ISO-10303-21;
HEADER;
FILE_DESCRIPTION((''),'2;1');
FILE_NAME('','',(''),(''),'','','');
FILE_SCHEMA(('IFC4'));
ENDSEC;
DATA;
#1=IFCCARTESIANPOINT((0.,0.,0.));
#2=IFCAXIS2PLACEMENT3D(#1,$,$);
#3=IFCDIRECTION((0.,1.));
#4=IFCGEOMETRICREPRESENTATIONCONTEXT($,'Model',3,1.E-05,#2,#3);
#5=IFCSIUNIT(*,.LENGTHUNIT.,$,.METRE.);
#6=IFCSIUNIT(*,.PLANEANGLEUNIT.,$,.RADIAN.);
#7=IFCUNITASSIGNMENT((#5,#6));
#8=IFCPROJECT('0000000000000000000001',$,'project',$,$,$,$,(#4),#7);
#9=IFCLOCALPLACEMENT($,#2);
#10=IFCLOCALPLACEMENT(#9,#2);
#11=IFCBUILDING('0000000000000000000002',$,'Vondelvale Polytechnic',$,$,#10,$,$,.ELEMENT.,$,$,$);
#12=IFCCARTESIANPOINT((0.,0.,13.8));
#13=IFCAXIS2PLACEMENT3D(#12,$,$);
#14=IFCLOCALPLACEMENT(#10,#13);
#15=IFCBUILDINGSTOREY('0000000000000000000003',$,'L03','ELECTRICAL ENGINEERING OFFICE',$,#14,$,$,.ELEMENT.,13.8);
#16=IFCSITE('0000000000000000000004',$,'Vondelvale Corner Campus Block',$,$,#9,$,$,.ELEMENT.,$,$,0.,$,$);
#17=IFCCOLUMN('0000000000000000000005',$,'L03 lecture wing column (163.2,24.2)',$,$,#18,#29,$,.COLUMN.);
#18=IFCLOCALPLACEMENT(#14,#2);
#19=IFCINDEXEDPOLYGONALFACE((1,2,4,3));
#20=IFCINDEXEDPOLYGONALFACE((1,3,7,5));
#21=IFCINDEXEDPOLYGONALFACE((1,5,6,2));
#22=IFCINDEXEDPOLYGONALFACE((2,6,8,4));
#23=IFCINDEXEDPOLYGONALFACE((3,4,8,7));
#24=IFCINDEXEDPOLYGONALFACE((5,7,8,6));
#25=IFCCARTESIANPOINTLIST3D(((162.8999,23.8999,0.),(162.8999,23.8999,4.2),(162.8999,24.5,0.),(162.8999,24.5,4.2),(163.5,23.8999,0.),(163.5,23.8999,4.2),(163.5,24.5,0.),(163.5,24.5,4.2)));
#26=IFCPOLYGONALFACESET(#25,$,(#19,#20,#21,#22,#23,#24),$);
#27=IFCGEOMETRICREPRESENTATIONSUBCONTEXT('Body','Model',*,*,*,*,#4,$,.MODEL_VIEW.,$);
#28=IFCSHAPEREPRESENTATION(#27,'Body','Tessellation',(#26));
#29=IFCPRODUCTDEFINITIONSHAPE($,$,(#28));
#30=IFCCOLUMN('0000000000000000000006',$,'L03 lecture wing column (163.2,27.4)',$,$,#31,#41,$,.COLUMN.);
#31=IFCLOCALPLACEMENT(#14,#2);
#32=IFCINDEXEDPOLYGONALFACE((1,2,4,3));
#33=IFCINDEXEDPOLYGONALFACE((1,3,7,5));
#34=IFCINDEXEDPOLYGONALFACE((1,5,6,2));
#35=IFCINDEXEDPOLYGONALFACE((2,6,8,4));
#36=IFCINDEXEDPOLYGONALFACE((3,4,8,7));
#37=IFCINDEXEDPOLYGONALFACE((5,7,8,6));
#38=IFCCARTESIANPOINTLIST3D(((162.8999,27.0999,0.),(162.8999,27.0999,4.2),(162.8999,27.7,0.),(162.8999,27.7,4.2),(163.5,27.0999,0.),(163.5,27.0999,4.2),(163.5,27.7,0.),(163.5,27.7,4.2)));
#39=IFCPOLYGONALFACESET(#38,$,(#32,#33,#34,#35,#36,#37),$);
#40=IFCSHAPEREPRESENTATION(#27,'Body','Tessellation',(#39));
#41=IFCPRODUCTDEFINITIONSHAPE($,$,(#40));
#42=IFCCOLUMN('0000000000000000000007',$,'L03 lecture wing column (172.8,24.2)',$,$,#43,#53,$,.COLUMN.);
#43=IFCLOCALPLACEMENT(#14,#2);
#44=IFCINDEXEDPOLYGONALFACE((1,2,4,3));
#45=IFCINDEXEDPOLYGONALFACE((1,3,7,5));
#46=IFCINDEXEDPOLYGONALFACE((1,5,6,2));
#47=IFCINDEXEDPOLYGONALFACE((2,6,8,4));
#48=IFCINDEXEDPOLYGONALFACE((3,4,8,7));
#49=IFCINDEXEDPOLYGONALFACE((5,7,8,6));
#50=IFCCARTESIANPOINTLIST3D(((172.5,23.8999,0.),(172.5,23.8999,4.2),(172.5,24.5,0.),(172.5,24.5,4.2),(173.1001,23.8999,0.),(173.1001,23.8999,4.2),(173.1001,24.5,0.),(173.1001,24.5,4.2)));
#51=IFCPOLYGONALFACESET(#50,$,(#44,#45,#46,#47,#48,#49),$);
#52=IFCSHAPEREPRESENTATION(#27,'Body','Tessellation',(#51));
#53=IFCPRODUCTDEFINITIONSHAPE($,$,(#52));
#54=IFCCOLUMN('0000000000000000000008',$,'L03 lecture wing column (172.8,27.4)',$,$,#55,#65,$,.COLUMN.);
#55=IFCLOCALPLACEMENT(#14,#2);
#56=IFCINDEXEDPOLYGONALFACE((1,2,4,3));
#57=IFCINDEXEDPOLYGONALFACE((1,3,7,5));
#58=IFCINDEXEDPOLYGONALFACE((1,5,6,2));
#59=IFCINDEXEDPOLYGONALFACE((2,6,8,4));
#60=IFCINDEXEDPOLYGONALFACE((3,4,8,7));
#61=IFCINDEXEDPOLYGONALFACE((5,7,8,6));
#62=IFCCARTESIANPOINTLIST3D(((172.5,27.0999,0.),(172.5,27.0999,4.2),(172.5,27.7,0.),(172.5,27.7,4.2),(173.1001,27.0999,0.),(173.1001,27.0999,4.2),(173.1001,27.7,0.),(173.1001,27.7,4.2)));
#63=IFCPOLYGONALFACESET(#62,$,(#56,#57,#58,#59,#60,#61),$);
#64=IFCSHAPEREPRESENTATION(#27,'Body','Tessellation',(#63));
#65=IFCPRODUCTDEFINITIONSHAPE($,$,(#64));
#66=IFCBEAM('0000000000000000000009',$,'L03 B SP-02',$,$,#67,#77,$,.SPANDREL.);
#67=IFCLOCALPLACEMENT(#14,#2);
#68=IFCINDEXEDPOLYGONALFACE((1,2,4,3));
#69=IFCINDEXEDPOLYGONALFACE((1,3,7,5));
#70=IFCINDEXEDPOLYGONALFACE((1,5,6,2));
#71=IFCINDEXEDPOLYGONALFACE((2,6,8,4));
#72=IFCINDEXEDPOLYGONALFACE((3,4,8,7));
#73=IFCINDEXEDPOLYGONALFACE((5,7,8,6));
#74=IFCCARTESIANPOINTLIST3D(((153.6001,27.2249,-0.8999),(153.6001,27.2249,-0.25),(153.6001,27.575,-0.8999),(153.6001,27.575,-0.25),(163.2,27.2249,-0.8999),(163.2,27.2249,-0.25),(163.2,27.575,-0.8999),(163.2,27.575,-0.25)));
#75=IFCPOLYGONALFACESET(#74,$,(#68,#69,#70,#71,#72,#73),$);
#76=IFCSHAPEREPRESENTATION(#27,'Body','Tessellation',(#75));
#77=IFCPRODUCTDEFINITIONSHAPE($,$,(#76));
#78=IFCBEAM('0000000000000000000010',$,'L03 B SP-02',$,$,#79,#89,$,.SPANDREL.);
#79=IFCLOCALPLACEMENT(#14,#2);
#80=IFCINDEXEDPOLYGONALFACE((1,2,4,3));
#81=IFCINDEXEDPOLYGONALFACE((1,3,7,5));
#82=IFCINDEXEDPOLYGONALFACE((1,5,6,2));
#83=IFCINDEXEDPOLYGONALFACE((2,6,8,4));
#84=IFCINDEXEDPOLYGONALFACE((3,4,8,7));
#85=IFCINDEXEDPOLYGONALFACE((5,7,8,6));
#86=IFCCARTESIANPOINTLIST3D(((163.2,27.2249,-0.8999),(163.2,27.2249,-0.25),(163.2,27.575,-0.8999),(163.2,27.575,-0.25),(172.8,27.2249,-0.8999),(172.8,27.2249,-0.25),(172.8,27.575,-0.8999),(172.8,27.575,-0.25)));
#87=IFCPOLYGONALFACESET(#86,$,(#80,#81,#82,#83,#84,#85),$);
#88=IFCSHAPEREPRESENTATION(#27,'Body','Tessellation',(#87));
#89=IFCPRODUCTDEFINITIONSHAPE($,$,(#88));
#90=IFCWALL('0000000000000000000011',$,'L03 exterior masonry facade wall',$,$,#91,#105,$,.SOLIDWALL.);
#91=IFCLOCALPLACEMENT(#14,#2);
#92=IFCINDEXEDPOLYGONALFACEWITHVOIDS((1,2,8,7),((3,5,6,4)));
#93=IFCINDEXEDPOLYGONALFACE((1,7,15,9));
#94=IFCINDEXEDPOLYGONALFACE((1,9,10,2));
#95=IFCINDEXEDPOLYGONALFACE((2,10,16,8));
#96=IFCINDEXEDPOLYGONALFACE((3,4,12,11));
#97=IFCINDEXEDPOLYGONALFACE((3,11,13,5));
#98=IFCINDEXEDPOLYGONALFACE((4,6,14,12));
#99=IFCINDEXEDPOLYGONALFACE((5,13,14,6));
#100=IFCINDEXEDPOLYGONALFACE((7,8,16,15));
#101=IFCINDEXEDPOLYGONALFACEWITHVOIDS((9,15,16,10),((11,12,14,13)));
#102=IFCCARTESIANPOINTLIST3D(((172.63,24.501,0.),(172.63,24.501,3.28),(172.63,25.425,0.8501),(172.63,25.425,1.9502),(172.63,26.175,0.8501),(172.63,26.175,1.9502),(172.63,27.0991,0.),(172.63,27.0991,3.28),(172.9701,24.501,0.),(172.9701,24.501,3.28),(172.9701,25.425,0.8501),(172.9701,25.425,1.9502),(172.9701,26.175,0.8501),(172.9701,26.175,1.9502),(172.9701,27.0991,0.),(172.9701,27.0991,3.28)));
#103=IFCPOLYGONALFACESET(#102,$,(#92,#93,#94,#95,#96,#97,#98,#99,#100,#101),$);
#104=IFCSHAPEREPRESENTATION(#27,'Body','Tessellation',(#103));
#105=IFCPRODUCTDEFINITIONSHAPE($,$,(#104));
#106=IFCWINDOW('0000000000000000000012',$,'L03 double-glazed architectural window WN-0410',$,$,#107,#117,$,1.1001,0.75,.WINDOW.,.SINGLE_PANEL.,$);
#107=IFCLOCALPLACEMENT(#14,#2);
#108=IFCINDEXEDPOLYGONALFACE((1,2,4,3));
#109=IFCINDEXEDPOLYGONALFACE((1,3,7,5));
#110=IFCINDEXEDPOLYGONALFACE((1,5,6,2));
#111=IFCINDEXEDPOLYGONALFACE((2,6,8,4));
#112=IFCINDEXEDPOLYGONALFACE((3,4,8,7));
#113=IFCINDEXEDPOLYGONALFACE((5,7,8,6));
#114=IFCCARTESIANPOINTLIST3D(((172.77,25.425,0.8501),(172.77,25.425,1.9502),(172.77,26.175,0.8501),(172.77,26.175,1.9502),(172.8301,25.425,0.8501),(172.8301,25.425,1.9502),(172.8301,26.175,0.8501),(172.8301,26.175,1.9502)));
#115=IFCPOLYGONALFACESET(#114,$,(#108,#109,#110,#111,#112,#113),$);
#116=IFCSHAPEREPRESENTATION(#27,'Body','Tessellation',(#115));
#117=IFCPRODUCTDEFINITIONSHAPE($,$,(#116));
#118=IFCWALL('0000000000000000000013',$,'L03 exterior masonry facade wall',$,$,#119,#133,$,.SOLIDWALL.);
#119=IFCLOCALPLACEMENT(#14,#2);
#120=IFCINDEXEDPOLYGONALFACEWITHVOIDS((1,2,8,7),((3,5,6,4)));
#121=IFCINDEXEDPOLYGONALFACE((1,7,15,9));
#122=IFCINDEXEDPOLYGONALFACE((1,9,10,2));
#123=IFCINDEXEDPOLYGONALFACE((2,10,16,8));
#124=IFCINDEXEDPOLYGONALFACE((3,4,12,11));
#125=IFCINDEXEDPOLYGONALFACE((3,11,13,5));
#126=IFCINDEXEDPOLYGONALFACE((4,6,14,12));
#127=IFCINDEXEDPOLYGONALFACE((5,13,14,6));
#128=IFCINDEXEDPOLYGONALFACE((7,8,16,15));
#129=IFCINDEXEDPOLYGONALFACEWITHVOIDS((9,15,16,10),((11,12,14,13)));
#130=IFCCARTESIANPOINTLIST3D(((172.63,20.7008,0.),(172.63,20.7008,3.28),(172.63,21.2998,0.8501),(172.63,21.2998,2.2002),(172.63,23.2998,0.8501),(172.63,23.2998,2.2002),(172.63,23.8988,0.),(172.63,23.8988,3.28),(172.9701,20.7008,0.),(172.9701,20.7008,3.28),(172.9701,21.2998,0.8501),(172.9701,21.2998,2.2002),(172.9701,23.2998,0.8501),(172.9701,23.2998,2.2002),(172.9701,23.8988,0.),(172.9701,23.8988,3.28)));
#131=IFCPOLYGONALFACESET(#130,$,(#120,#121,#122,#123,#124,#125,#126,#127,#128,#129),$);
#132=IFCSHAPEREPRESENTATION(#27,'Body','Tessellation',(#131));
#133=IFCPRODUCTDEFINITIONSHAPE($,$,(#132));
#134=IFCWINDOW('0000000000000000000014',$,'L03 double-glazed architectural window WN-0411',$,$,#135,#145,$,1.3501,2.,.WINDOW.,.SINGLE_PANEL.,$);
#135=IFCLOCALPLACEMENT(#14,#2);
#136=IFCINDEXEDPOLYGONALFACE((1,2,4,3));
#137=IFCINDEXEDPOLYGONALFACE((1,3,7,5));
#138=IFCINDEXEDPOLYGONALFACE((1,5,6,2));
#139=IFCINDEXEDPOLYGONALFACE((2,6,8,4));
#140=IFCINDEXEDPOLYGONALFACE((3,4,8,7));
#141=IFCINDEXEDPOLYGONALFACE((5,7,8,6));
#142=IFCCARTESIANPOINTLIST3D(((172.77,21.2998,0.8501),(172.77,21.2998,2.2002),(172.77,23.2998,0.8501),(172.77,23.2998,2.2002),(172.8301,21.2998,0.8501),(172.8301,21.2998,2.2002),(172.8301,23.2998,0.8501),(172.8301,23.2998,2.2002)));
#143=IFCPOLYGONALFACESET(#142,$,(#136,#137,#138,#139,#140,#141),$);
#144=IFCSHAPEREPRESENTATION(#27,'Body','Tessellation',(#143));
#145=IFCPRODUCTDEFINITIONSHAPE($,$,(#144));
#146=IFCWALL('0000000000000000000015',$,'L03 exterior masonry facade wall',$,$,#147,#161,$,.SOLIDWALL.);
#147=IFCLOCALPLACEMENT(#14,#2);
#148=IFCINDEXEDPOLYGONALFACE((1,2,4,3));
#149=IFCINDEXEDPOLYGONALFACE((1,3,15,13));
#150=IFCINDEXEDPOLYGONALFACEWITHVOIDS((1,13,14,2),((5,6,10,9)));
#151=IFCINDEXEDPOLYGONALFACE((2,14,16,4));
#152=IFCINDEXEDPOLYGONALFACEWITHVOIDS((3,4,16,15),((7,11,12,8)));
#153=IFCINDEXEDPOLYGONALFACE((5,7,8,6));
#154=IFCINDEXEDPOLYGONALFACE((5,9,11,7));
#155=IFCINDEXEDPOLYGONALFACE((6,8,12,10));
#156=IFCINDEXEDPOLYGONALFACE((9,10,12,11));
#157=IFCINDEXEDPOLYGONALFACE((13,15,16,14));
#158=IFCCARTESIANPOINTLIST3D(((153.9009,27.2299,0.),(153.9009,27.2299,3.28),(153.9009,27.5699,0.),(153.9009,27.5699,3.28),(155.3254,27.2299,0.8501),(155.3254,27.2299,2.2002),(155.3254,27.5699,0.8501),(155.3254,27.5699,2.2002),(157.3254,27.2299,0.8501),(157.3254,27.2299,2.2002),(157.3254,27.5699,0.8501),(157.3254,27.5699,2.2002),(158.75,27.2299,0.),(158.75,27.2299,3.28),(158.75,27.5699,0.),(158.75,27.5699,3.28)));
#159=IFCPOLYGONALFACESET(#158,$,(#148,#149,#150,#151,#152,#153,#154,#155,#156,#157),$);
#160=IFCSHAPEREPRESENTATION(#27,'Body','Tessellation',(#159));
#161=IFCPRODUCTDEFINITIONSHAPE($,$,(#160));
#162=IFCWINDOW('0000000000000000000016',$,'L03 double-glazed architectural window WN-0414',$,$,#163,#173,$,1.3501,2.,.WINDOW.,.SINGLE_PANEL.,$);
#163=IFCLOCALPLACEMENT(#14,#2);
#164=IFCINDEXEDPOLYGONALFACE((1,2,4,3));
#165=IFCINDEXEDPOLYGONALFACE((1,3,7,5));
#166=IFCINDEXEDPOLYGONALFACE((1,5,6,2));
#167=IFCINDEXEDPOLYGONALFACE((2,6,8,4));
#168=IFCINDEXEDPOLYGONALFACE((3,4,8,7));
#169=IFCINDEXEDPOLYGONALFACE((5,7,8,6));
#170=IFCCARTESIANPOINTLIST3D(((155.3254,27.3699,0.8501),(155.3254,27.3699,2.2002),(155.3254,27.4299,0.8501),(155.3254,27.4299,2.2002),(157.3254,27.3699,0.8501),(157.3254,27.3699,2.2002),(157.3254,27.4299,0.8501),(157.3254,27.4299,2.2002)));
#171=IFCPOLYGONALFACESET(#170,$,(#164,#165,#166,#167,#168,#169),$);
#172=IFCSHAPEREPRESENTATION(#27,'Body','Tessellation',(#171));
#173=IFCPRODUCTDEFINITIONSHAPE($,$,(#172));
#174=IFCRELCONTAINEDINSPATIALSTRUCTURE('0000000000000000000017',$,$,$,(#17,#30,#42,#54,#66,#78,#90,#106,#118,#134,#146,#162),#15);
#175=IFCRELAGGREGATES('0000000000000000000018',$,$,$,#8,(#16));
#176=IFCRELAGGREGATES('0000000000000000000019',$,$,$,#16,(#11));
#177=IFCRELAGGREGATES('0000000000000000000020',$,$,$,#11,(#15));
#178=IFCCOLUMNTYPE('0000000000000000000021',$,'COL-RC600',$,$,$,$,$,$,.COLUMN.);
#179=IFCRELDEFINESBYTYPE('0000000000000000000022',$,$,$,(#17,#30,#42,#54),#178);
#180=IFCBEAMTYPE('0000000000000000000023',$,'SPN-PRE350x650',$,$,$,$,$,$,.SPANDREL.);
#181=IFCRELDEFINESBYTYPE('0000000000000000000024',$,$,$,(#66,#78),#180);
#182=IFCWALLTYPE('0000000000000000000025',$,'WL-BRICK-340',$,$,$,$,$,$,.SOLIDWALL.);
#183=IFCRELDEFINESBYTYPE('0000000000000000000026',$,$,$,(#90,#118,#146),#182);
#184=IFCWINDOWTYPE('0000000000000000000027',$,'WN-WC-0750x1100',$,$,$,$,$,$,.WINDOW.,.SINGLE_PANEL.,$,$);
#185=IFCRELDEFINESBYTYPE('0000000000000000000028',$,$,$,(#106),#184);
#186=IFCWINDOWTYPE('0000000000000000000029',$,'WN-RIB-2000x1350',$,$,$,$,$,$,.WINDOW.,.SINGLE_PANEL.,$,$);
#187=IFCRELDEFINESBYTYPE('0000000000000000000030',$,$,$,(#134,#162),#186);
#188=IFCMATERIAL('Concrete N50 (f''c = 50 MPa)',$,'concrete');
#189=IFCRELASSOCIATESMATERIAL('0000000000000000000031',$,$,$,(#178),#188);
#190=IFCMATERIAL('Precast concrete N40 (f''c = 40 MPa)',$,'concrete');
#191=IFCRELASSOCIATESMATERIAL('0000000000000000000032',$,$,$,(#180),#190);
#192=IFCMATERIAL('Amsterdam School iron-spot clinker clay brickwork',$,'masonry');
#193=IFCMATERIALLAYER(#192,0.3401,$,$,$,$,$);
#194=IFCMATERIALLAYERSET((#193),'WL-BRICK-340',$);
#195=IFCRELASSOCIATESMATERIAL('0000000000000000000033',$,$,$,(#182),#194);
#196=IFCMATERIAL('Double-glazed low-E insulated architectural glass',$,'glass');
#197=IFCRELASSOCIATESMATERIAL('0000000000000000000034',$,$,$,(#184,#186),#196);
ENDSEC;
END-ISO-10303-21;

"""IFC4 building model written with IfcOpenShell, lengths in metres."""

from ifc_helpers import new_model, si_unit, direction, frame, frame_2d, origin, origin_2d, place, context, subcontext, project, spatial, rectangle, extrude, material, layer, layer_set, material_profile, profile_set, type_object, element, fill, save


model = new_model("IFC4")

# Units and contexts
model_context = context("Model", 3, precision=1e-05, world=origin(), true_north=direction((0.0, 1.0)))
body_context = subcontext(model_context, "Body", "Model", "MODEL_VIEW")
ifc_project = project(units=[si_unit("LENGTHUNIT", "METRE"), si_unit("PLANEANGLEUNIT", "RADIAN")], contexts=[model_context])

# Site, building, storey
site_placement = place(None, origin())
site = spatial("IfcSite", under=ifc_project, at=site_placement, Name="Vondelvale Corner Campus Block", CompositionType="ELEMENT", RefElevation=0.0)
building_placement = place(site_placement, origin())
building = spatial("IfcBuilding", under=site, at=building_placement, Name="Vondelvale Polytechnic", CompositionType="ELEMENT")
storey_placement = place(building_placement, frame((0.0, 0.0, 13.8)))
storey = spatial("IfcBuildingStorey", under=building, at=storey_placement, Name="L03", Description="ELECTRICAL ENGINEERING OFFICE", CompositionType="ELEMENT", Elevation=13.8)

# Columns
ifc_material_1 = material(Name="Concrete N50 (f'c = 50 MPa)", Category="concrete")
ifc_material_profile_1 = material_profile(ifc_material_1, rectangle(XDim=0.6001, YDim=0.6001, at=origin_2d()), Name="RC-COL-600x600")
ifc_profile_set_1 = profile_set([ifc_material_profile_1], Name="Concrete N50 (f'c = 50 MPa)")
column_type = type_object("IfcColumnType", Name="COL-RC600", PredefinedType="COLUMN", material=ifc_profile_set_1)
for number, where, z_axis, x_axis, name in (
    (1, (163.2, 24.2, 0.0), (0.0, 0.0, 1.0), (1.0, 0.0, 0.0), "L03 lecture wing column (163.2,24.2)"),
    (2, (163.2, 27.3999, 0.0), (0.0, 0.0, 1.0), (1.0, 0.0, 0.0), "L03 lecture wing column (163.2,27.4)"),
    (3, (172.8, 24.2, 0.0), (0.0, 0.0, 1.0), (1.0, 0.0, 0.0), "L03 lecture wing column (172.8,24.2)"),
    (4, (172.8, 27.3999, 0.0), (0.0, 0.0, 1.0), (1.0, 0.0, 0.0), "L03 lecture wing column (172.8,27.4)"),
):
    element("IfcColumn", number, at=place(storey_placement, frame(where, z_axis=z_axis, x_axis=x_axis)), inside=storey, type_object=column_type, Name=name, PredefinedType="COLUMN", context=body_context, shape_type="SweptSolid", body=[
        extrude(rectangle(XDim=0.6001, YDim=0.6001, at=origin_2d()), origin(), (0.0, 0.0, 1.0), 4.2),
    ])

# Beams
ifc_material_2 = material(Name="Precast concrete N40 (f'c = 40 MPa)", Category="concrete")
ifc_material_profile_2 = material_profile(ifc_material_2, rectangle(XDim=0.3501, YDim=0.6499, at=origin_2d()), Name="RC-SPN-350x650")
ifc_profile_set_2 = profile_set([ifc_material_profile_2], Name="Precast concrete N40 (f'c = 40 MPa)")
beam_type = type_object("IfcBeamType", Name="SPN-PRE350x650", PredefinedType="SPANDREL", material=ifc_profile_set_2)
beam_1_placement = place(storey_placement, frame((153.6001, 27.3999, -0.575), z_axis=(1.0, 0.0, 0.0), x_axis=(0.0, 1.0, 0.0)))
element("IfcBeam", 5, at=beam_1_placement, inside=storey, type_object=beam_type, Name="L03 B SP-02", PredefinedType="SPANDREL", context=body_context, shape_type="SweptSolid", body=[
    extrude(rectangle(XDim=0.3501, YDim=0.6499, at=origin_2d()), origin(), (0.0, 0.0, 1.0), 9.5999),
])
beam_2_placement = place(storey_placement, frame((163.2, 27.3999, -0.575), z_axis=(1.0, 0.0, 0.0), x_axis=(0.0, 1.0, 0.0)))
element("IfcBeam", 6, at=beam_2_placement, inside=storey, type_object=beam_type, Name="L03 B SP-02", PredefinedType="SPANDREL", context=body_context, shape_type="SweptSolid", body=[
    extrude(rectangle(XDim=0.3501, YDim=0.6499, at=origin_2d()), origin(), (0.0, 0.0, 1.0), 9.6001),
])

# Walls, openings, windows
ifc_material_3 = material(Name="Amsterdam School iron-spot clinker clay brickwork", Category="masonry")
ifc_layer_1 = layer(ifc_material_3, 0.3401)
ifc_layer_set_1 = layer_set([ifc_layer_1], Name="WL-BRICK-340")
wall_type = type_object("IfcWallType", Name="WL-BRICK-340", PredefinedType="SOLIDWALL", material=ifc_layer_set_1)
wall_1_placement = place(storey_placement, frame((172.8, 27.0991, 0.0), z_axis=(0.0, 0.0, 1.0), x_axis=(0.0, -1.0, 0.0)))
wall_1 = element("IfcWall", 7, at=wall_1_placement, inside=storey, type_object=wall_type, Name="L03 exterior masonry facade wall", PredefinedType="SOLIDWALL", context=body_context, shape_type="SweptSolid", body=[
    extrude(rectangle(XDim=2.5981, YDim=0.3401, at=frame_2d((1.2991, 0.0))), origin(), (0.0, 0.0, 1.0), 3.28),
])
opening_1_placement = place(wall_1_placement, frame((0.9241, 0.0, 0.8501)))
opening_1 = element("IfcOpeningElement", 8, at=opening_1_placement, cuts=wall_1, PredefinedType="OPENING", context=body_context, shape_type="SweptSolid", body=[
    extrude(rectangle(XDim=0.75, YDim=1.1001, at=frame_2d((0.375, 0.55))), frame((0.0, 0.1799, 0.0), z_axis=(0.0, -1.0, 0.0), x_axis=(1.0, 0.0, 0.0)), (0.0, 0.0, 1.0), 0.3601),
])
ifc_material_4 = material(Name="Double-glazed low-E insulated architectural glass", Category="glass")
window_type_1 = type_object("IfcWindowType", Name="WN-WC-0750x1100", PartitioningType="SINGLE_PANEL", PredefinedType="WINDOW", material=ifc_material_4)
window_1_placement = place(opening_1_placement, origin())
window_1 = element("IfcWindow", 9, at=window_1_placement, inside=storey, type_object=window_type_1, Name="L03 double-glazed architectural window WN-0410", OverallHeight=1.1001, OverallWidth=0.75, PartitioningType="SINGLE_PANEL", PredefinedType="WINDOW", context=body_context, shape_type="SweptSolid", body=[
    extrude(rectangle(XDim=0.75, YDim=1.1001, at=frame_2d((0.375, 0.55))), frame((0.0, 0.03, 0.0), z_axis=(0.0, -1.0, 0.0), x_axis=(1.0, 0.0, 0.0)), (0.0, 0.0, 1.0), 0.0601),
])
fill(opening_1, window_1)
wall_2_placement = place(storey_placement, frame((172.8, 23.8989, 0.0), z_axis=(0.0, 0.0, 1.0), x_axis=(0.0, -1.0, 0.0)))
wall_2 = element("IfcWall", 10, at=wall_2_placement, inside=storey, type_object=wall_type, Name="L03 exterior masonry facade wall", PredefinedType="SOLIDWALL", context=body_context, shape_type="SweptSolid", body=[
    extrude(rectangle(XDim=3.198, YDim=0.3401, at=frame_2d((1.5991, 0.0))), origin(), (0.0, 0.0, 1.0), 3.28),
])
opening_2_placement = place(wall_2_placement, frame((0.5991, 0.0, 0.8501)))
opening_2 = element("IfcOpeningElement", 11, at=opening_2_placement, cuts=wall_2, PredefinedType="OPENING", context=body_context, shape_type="SweptSolid", body=[
    extrude(rectangle(XDim=2.0, YDim=1.3501, at=frame_2d((1.0, 0.675))), frame((0.0, 0.1799, 0.0), z_axis=(0.0, -1.0, 0.0), x_axis=(1.0, 0.0, 0.0)), (0.0, 0.0, 1.0), 0.3601),
])
window_type_2 = type_object("IfcWindowType", Name="WN-RIB-2000x1350", PartitioningType="SINGLE_PANEL", PredefinedType="WINDOW", material=ifc_material_4)
window_2_placement = place(opening_2_placement, origin())
window_2 = element("IfcWindow", 12, at=window_2_placement, inside=storey, type_object=window_type_2, Name="L03 double-glazed architectural window WN-0411", OverallHeight=1.3501, OverallWidth=2.0, PartitioningType="SINGLE_PANEL", PredefinedType="WINDOW", context=body_context, shape_type="SweptSolid", body=[
    extrude(rectangle(XDim=2.0, YDim=1.3501, at=frame_2d((1.0, 0.675))), frame((0.0, 0.03, 0.0), z_axis=(0.0, -1.0, 0.0), x_axis=(1.0, 0.0, 0.0)), (0.0, 0.0, 1.0), 0.0601),
])
fill(opening_2, window_2)
wall_3_placement = place(storey_placement, frame((153.9009, 27.3999, 0.0), z_axis=(0.0, 0.0, 1.0), x_axis=(1.0, 0.0, 0.0)))
wall_3 = element("IfcWall", 13, at=wall_3_placement, inside=storey, type_object=wall_type, Name="L03 exterior masonry facade wall", PredefinedType="SOLIDWALL", context=body_context, shape_type="SweptSolid", body=[
    extrude(rectangle(XDim=4.8491, YDim=0.3401, at=frame_2d((2.4246, 0.0))), origin(), (0.0, 0.0, 1.0), 3.28),
])
opening_3_placement = place(wall_3_placement, frame((1.4246, 0.0, 0.8501)))
opening_3 = element("IfcOpeningElement", 14, at=opening_3_placement, cuts=wall_3, PredefinedType="OPENING", context=body_context, shape_type="SweptSolid", body=[
    extrude(rectangle(XDim=2.0, YDim=1.3501, at=frame_2d((1.0, 0.675))), frame((0.0, 0.1799, 0.0), z_axis=(0.0, -1.0, 0.0), x_axis=(1.0, 0.0, 0.0)), (0.0, 0.0, 1.0), 0.3601),
])
window_3_placement = place(opening_3_placement, origin())
window_3 = element("IfcWindow", 15, at=window_3_placement, inside=storey, type_object=window_type_2, Name="L03 double-glazed architectural window WN-0414", OverallHeight=1.3501, OverallWidth=2.0, PartitioningType="SINGLE_PANEL", PredefinedType="WINDOW", context=body_context, shape_type="SweptSolid", body=[
    extrude(rectangle(XDim=2.0, YDim=1.3501, at=frame_2d((1.0, 0.675))), frame((0.0, 0.03, 0.0), z_axis=(0.0, -1.0, 0.0), x_axis=(1.0, 0.0, 0.0)), (0.0, 0.0, 1.0), 0.0601),
])
fill(opening_3, window_3)

save(model, "model.ifc")
